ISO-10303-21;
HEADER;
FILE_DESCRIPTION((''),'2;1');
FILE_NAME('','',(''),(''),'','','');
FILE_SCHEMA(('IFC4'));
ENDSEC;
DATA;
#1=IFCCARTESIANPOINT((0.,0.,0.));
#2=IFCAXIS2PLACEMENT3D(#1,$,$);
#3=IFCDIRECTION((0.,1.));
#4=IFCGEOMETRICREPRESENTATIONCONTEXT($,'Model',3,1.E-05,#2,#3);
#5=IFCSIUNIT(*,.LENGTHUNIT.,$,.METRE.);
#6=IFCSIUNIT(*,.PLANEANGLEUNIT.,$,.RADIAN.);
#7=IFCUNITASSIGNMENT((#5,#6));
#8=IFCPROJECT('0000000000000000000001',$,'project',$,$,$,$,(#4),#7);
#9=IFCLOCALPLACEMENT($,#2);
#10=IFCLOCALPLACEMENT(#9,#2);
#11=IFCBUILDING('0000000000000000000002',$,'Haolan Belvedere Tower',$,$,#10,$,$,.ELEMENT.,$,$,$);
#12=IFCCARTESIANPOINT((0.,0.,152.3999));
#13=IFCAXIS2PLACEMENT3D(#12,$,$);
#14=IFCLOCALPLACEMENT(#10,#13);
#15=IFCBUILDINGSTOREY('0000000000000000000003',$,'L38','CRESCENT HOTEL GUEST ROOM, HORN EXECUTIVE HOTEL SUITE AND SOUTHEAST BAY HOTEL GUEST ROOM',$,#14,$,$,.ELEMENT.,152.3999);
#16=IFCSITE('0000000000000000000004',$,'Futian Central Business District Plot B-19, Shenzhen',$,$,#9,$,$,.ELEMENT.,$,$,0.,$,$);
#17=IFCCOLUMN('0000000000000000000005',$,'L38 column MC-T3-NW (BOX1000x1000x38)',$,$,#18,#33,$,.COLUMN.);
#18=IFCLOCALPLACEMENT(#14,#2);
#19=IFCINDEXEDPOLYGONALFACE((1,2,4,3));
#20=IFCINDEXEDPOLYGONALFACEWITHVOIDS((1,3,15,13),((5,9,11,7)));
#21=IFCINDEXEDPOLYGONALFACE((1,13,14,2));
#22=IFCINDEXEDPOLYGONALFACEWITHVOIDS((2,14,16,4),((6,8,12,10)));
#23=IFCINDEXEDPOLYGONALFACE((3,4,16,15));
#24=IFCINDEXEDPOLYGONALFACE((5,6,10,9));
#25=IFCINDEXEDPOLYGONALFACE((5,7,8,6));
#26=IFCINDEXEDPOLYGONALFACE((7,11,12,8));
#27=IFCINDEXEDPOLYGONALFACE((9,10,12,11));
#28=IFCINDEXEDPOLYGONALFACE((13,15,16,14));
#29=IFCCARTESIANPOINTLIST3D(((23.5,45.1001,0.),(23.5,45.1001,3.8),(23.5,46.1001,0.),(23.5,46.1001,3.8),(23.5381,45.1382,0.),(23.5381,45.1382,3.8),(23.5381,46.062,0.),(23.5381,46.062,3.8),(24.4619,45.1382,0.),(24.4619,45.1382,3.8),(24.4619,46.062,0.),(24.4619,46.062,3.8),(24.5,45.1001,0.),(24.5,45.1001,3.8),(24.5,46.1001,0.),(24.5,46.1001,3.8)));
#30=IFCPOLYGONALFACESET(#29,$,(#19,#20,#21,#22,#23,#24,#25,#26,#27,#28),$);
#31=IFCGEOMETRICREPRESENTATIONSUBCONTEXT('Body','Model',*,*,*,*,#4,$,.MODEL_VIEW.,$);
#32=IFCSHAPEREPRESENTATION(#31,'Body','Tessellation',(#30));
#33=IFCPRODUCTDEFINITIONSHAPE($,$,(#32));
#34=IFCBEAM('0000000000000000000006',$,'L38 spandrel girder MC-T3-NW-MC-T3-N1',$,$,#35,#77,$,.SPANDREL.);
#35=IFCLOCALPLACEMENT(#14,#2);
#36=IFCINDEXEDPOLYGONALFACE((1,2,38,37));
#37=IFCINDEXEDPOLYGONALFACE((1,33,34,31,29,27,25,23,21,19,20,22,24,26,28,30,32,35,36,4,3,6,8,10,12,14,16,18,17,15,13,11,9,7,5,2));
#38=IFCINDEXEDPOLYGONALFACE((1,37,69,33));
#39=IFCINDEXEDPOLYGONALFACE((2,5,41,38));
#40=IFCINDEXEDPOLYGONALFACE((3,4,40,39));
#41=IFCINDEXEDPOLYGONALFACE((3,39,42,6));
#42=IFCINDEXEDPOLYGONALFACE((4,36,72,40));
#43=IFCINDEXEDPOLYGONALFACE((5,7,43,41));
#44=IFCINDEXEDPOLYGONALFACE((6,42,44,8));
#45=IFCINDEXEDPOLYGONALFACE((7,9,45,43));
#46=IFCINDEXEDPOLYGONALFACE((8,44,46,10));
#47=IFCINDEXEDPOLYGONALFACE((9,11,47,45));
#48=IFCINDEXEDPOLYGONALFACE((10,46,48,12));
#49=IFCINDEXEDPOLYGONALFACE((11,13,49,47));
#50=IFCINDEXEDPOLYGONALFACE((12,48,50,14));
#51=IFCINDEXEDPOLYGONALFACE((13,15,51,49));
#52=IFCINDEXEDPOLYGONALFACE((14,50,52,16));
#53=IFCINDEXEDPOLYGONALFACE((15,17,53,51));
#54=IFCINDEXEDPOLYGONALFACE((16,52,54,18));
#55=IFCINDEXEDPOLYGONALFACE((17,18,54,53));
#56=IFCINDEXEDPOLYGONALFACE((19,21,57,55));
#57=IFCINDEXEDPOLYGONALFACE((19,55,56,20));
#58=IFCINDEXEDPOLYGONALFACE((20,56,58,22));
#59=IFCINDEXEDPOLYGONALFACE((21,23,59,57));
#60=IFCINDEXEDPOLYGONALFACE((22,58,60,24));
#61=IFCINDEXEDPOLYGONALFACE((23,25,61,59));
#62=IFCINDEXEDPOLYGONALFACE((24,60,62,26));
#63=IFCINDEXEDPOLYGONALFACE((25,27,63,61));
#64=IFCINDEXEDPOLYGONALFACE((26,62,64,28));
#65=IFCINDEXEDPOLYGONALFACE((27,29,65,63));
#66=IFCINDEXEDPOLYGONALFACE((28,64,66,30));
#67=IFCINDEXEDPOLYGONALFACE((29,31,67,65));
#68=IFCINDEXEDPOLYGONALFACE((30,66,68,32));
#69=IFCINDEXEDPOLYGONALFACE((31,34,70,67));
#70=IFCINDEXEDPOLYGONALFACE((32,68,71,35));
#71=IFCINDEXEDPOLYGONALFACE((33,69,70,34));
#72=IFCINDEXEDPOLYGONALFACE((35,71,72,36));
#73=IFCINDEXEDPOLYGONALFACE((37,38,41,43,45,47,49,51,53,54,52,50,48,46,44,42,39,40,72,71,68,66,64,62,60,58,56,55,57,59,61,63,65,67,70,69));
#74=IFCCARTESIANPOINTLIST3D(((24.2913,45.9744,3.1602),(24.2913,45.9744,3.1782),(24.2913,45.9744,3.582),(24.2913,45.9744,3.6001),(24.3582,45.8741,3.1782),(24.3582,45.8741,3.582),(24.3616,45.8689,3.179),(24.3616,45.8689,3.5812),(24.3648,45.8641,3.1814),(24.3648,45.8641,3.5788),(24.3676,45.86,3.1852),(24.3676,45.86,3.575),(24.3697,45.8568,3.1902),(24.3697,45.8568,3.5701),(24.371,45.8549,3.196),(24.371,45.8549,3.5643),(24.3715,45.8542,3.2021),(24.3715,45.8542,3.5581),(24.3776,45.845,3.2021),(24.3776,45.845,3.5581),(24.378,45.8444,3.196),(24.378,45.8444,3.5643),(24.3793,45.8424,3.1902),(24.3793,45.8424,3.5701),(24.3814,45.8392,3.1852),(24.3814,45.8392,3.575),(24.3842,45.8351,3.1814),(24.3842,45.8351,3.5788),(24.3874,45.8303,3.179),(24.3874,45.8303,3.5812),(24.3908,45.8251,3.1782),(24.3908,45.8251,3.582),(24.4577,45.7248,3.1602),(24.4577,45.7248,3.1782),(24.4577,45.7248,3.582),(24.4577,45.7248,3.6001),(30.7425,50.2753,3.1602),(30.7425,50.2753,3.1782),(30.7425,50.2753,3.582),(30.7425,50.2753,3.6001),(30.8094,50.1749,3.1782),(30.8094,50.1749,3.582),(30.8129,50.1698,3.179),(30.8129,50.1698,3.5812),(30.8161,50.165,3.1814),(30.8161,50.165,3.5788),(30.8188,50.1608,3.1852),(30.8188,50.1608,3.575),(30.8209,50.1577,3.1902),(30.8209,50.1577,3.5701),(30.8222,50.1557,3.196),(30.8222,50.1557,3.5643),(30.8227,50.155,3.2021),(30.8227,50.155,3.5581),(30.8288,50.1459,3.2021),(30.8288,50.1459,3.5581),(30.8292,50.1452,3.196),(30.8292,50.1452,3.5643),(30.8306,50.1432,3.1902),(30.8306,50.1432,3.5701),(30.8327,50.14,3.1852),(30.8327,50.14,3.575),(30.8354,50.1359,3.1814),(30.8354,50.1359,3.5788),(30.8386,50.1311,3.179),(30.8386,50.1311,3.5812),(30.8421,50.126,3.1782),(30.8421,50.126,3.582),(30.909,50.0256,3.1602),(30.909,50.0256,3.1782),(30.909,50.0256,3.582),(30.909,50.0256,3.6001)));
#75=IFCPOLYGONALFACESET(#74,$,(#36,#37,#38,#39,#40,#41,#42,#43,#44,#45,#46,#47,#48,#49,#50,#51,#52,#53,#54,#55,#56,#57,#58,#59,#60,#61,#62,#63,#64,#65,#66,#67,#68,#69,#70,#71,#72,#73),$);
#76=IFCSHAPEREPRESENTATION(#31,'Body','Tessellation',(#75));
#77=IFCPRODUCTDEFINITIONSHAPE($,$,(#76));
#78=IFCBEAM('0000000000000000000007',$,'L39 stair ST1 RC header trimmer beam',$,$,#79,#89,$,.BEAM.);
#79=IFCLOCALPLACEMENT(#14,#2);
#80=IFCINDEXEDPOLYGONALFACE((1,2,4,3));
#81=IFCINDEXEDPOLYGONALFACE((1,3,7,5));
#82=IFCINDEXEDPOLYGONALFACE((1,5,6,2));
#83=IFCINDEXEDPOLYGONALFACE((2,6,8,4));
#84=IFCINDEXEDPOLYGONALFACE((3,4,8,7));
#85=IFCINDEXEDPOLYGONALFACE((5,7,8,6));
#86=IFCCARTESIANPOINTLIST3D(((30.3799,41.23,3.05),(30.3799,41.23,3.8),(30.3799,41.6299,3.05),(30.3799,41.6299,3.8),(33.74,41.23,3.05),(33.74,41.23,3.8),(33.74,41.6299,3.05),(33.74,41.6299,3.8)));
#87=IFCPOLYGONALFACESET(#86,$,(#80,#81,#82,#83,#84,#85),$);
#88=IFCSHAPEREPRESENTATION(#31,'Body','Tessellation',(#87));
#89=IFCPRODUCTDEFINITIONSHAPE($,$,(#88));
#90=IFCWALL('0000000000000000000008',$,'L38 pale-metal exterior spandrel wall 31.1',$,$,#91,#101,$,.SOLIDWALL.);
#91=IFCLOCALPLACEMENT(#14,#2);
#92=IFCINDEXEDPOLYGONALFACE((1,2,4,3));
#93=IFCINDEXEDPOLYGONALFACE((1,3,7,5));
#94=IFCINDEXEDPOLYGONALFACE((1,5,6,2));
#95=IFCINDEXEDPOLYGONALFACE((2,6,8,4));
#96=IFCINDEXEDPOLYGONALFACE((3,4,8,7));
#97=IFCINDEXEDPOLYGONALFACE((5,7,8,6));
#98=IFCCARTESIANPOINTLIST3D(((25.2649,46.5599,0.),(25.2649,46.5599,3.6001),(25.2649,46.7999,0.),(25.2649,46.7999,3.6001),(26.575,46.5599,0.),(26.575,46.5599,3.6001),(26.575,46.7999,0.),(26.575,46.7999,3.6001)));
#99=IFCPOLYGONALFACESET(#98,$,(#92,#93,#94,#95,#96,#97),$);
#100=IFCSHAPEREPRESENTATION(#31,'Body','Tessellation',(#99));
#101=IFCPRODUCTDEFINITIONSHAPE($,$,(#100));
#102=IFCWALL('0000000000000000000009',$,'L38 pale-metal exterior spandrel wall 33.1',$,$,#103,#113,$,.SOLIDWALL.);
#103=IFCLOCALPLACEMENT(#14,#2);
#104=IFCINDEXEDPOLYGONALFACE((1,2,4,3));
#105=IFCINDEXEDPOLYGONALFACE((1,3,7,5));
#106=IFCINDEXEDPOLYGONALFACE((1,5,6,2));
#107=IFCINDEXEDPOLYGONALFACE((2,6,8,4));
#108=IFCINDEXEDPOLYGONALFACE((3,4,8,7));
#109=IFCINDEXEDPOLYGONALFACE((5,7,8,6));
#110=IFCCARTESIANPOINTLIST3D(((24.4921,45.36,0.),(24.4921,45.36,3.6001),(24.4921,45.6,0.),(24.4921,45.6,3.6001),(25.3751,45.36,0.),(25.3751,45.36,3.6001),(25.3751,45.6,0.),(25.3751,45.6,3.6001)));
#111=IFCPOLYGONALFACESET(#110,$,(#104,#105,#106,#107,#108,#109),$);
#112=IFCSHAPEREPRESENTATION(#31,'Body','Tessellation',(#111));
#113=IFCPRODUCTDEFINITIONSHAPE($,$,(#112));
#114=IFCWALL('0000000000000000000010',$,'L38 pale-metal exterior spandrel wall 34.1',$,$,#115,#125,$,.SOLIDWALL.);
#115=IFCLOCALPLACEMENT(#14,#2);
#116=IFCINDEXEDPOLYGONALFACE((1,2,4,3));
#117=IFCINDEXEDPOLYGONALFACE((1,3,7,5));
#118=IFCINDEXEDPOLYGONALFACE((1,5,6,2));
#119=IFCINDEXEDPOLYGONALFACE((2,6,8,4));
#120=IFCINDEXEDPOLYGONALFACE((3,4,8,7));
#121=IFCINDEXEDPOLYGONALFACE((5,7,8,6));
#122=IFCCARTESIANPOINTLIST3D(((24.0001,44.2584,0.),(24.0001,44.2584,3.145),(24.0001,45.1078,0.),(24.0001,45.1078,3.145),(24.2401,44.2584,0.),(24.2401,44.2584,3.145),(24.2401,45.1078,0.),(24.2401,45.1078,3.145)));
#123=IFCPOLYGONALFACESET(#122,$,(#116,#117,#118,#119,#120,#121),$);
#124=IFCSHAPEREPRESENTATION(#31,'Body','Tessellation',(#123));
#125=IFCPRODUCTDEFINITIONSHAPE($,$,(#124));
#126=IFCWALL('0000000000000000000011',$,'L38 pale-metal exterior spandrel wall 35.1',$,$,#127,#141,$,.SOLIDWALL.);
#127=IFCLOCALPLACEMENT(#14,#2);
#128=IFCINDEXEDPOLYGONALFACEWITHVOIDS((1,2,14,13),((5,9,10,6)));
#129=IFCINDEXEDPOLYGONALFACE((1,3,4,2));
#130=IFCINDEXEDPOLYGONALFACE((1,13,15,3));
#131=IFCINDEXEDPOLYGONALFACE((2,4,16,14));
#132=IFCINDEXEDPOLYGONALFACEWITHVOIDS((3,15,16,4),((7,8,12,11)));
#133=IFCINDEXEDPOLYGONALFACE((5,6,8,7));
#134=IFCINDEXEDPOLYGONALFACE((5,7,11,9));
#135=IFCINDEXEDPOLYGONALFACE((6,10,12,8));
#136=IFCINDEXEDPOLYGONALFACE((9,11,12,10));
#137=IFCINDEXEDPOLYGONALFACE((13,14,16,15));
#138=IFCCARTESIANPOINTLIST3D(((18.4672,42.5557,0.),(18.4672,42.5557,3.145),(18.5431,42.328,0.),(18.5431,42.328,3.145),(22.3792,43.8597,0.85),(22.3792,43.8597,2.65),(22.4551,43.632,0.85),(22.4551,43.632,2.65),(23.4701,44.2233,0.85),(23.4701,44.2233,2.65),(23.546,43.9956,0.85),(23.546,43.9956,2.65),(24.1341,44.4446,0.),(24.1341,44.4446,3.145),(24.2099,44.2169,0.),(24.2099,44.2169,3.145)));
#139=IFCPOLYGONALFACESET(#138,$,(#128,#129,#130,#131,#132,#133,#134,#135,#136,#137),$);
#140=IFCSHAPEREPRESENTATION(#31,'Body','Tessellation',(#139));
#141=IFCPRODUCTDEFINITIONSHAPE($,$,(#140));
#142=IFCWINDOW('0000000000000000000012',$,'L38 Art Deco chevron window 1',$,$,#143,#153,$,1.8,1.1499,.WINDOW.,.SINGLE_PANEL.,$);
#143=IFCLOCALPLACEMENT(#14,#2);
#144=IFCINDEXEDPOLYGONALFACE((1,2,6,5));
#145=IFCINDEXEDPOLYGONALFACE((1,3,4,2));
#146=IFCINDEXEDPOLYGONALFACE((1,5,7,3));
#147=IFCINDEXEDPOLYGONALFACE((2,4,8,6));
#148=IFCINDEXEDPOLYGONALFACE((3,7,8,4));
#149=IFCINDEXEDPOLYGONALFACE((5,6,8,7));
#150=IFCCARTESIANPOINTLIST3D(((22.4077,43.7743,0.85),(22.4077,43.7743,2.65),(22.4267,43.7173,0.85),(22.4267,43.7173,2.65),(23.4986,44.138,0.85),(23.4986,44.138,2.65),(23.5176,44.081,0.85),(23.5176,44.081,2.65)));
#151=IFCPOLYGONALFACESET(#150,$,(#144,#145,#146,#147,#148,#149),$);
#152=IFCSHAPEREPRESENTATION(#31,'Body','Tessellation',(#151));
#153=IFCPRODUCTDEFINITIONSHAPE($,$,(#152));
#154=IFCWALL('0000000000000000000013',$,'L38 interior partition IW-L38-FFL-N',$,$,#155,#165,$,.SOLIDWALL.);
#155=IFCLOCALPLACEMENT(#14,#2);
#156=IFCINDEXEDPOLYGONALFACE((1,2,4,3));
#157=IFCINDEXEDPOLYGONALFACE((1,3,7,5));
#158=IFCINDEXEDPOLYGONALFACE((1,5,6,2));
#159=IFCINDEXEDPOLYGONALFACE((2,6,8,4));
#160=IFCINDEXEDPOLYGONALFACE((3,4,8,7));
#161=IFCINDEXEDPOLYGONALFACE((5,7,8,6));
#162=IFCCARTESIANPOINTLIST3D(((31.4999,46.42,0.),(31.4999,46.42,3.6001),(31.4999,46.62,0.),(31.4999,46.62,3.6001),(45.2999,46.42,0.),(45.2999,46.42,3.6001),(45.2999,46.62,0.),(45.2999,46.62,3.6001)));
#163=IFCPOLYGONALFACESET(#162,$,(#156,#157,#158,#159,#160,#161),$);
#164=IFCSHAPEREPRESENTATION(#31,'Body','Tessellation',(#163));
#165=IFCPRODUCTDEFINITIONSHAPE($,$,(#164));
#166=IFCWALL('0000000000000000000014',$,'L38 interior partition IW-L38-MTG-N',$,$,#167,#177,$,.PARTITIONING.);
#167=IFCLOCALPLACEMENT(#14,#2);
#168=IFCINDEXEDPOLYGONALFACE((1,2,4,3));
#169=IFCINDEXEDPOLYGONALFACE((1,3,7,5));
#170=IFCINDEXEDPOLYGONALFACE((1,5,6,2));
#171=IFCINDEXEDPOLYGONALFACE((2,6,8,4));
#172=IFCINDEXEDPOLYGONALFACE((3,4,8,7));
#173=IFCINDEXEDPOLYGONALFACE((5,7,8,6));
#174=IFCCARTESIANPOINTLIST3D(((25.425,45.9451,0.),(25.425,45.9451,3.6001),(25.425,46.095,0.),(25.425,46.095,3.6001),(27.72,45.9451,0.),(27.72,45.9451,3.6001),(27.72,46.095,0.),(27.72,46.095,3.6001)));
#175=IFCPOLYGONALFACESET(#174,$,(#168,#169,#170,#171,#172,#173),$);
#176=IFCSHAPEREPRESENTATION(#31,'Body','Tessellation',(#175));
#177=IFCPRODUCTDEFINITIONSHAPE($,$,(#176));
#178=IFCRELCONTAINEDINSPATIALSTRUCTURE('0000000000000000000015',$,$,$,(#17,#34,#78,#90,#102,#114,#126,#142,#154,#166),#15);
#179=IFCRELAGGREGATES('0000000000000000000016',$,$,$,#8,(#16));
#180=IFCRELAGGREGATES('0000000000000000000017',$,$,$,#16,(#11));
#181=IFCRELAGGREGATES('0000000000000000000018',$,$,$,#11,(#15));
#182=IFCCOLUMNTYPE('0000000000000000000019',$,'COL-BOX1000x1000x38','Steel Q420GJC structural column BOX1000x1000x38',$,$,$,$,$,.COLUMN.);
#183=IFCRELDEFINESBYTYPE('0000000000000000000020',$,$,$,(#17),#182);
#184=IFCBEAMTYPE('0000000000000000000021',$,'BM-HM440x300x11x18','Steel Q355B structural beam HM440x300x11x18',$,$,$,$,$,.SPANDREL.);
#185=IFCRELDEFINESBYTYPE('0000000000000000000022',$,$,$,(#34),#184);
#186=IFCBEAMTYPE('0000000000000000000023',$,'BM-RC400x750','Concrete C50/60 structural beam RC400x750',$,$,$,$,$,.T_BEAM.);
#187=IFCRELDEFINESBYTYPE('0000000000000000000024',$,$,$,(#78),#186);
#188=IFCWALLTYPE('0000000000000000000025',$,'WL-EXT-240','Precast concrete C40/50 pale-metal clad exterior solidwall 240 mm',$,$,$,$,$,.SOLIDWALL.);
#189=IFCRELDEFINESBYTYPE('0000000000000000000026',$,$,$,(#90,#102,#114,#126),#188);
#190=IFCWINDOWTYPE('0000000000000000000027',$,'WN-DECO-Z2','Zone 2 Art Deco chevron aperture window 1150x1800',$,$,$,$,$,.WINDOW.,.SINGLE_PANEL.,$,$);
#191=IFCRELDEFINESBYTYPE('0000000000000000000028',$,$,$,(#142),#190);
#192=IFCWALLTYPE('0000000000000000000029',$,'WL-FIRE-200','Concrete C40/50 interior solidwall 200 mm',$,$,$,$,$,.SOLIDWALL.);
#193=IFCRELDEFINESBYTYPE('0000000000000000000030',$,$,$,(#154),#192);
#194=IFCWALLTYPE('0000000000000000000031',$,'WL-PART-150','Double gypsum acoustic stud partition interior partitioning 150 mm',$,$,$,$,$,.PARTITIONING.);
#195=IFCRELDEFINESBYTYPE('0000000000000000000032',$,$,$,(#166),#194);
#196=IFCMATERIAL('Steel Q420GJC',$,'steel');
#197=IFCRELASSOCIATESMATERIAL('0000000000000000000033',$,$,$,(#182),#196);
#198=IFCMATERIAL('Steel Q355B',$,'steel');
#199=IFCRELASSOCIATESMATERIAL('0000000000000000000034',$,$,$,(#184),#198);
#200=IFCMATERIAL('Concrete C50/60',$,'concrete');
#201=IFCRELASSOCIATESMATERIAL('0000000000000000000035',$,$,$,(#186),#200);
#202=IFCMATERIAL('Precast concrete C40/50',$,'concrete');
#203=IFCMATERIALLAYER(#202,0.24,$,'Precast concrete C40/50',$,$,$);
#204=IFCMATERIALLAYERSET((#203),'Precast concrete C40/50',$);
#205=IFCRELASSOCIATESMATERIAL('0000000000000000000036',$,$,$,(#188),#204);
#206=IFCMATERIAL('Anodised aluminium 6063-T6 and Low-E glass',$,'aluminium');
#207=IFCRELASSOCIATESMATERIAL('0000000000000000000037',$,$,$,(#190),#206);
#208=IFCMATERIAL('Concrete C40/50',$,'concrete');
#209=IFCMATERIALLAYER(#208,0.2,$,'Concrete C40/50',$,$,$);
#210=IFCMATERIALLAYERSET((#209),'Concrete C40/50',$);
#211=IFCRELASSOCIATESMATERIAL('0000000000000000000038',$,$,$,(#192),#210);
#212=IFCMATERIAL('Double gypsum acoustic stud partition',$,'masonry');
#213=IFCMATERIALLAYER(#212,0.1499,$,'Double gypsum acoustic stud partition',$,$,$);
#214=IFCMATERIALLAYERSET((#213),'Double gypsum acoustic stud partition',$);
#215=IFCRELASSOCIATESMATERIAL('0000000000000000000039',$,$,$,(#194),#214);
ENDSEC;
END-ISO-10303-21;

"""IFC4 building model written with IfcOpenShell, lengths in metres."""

from ifc_helpers import new_model, si_unit, direction, frame, frame_2d, origin, origin_2d, place, context, subcontext, project, spatial, rectangle, hollow_rectangle, i_section, extrude, material, layer, layer_set, material_profile, profile_set, type_object, element, fill, save


model = new_model("IFC4")

# Units and contexts
model_context = context("Model", 3, precision=1e-05, world=origin(), true_north=direction((0.0, 1.0)))
body_context = subcontext(model_context, "Body", "Model", "MODEL_VIEW")
ifc_project = project(units=[si_unit("LENGTHUNIT", "METRE"), si_unit("PLANEANGLEUNIT", "RADIAN")], contexts=[model_context])

# Site, building, storey
site_placement = place(None, origin())
site = spatial("IfcSite", under=ifc_project, at=site_placement, Name="Futian Central Business District Plot B-19, Shenzhen", CompositionType="ELEMENT", RefElevation=0.0)
building_placement = place(site_placement, origin())
building = spatial("IfcBuilding", under=site, at=building_placement, Name="Haolan Belvedere Tower", CompositionType="ELEMENT")
storey_placement = place(building_placement, frame((0.0, 0.0, 152.3999)))
storey = spatial("IfcBuildingStorey", under=building, at=storey_placement, Name="L38", Description="CRESCENT HOTEL GUEST ROOM, HORN EXECUTIVE HOTEL SUITE AND SOUTHEAST BAY HOTEL GUEST ROOM", CompositionType="ELEMENT", Elevation=152.3999)

# Column
ifc_material_1 = material(Name="Steel Q420GJC", Category="steel")
ifc_material_profile_1 = material_profile(ifc_material_1, hollow_rectangle(XDim=1.0, YDim=1.0, WallThickness=0.0381, at=origin_2d()), Name="Steel Q420GJC")
ifc_profile_set_1 = profile_set([ifc_material_profile_1], Name="Steel Q420GJC")
column_type = type_object("IfcColumnType", Name="COL-BOX1000x1000x38", Description="Steel Q420GJC structural column BOX1000x1000x38", PredefinedType="COLUMN", material=ifc_profile_set_1)
column_placement = place(storey_placement, frame((24.0, 45.6001, 0.0), z_axis=(0.0, 0.0, 1.0), x_axis=(1.0, 0.0, 0.0)))
element("IfcColumn", 1, at=column_placement, inside=storey, type_object=column_type, Name="L38 column MC-T3-NW (BOX1000x1000x38)", PredefinedType="COLUMN", context=body_context, shape_type="SweptSolid", body=[
    extrude(hollow_rectangle(XDim=1.0, YDim=1.0, WallThickness=0.0381, at=origin_2d()), origin(), (0.0, 0.0, 1.0), 3.8),
])

# Beams
ifc_material_2 = material(Name="Steel Q355B", Category="steel")
ifc_material_profile_2 = material_profile(ifc_material_2, i_section(OverallWidth=0.3, OverallDepth=0.4399, WebThickness=0.011, FlangeThickness=0.0181, FilletRadius=0.0239, at=origin_2d()), Name="Steel Q355B")
ifc_profile_set_2 = profile_set([ifc_material_profile_2], Name="Steel Q355B")
beam_type_1 = type_object("IfcBeamType", Name="BM-HM440x300x11x18", Description="Steel Q355B structural beam HM440x300x11x18", PredefinedType="SPANDREL", material=ifc_profile_set_2)
beam_1_placement = place(storey_placement, frame((24.3745, 45.8496, 3.3801), z_axis=(0.83205, 0.5547, 0.0), x_axis=(-0.5547, 0.83205, 0.0)))
element("IfcBeam", 2, at=beam_1_placement, inside=storey, type_object=beam_type_1, Name="L38 spandrel girder MC-T3-NW-MC-T3-N1", PredefinedType="SPANDREL", context=body_context, shape_type="SweptSolid", body=[
    extrude(i_section(OverallWidth=0.3, OverallDepth=0.4399, WebThickness=0.011, FlangeThickness=0.0181, FilletRadius=0.0239, at=origin_2d()), origin(), (0.0, 0.0, 1.0), 7.7534),
])
ifc_material_3 = material(Name="Concrete C50/60", Category="concrete")
ifc_material_profile_3 = material_profile(ifc_material_3, rectangle(XDim=0.3999, YDim=0.75, at=origin_2d()), Name="Concrete C50/60")
ifc_profile_set_3 = profile_set([ifc_material_profile_3], Name="Concrete C50/60")
beam_type_2 = type_object("IfcBeamType", Name="BM-RC400x750", Description="Concrete C50/60 structural beam RC400x750", PredefinedType="T_BEAM", material=ifc_profile_set_3)
beam_2_placement = place(storey_placement, frame((30.3799, 41.4299, 3.425), z_axis=(1.0, 0.0, 0.0), x_axis=(0.0, 1.0, 0.0)))
element("IfcBeam", 3, at=beam_2_placement, inside=storey, type_object=beam_type_2, Name="L39 stair ST1 RC header trimmer beam", PredefinedType="BEAM", context=body_context, shape_type="SweptSolid", body=[
    extrude(rectangle(XDim=0.3999, YDim=0.75, at=origin_2d()), origin(), (0.0, 0.0, 1.0), 3.3601),
])

# Walls
ifc_material_4 = material(Name="Precast concrete C40/50", Category="concrete")
ifc_layer_1 = layer(ifc_material_4, 0.24, Name="Precast concrete C40/50")
ifc_layer_set_1 = layer_set([ifc_layer_1], Name="Precast concrete C40/50")
wall_type_1 = type_object("IfcWallType", Name="WL-EXT-240", Description="Precast concrete C40/50 pale-metal clad exterior solidwall 240 mm", PredefinedType="SOLIDWALL", material=ifc_layer_set_1)
wall_1_placement = place(storey_placement, frame((26.575, 46.6799, 0.0), z_axis=(0.0, 0.0, 1.0), x_axis=(-1.0, 0.0, 0.0)))
element("IfcWall", 4, at=wall_1_placement, inside=storey, type_object=wall_type_1, Name="L38 pale-metal exterior spandrel wall 31.1", PredefinedType="SOLIDWALL", context=body_context, shape_type="SweptSolid", body=[
    extrude(rectangle(XDim=1.3101, YDim=0.24, at=frame_2d((0.655, 0.0))), origin(), (0.0, 0.0, 1.0), 3.6001),
])
wall_2_placement = place(storey_placement, frame((25.375, 45.48, 0.0), z_axis=(0.0, 0.0, 1.0), x_axis=(-1.0, 0.0, 0.0)))
element("IfcWall", 5, at=wall_2_placement, inside=storey, type_object=wall_type_1, Name="L38 pale-metal exterior spandrel wall 33.1", PredefinedType="SOLIDWALL", context=body_context, shape_type="SweptSolid", body=[
    extrude(rectangle(XDim=0.8831, YDim=0.24, at=frame_2d((0.4414, 0.0))), origin(), (0.0, 0.0, 1.0), 3.6001),
])
wall_3_placement = place(storey_placement, frame((24.1201, 45.1079, 0.0), z_axis=(0.0, 0.0, 1.0), x_axis=(0.0, -1.0, 0.0)))
element("IfcWall", 6, at=wall_3_placement, inside=storey, type_object=wall_type_1, Name="L38 pale-metal exterior spandrel wall 34.1", PredefinedType="SOLIDWALL", context=body_context, shape_type="SweptSolid", body=[
    extrude(rectangle(XDim=0.8494, YDim=0.24, at=frame_2d((0.4248, 0.0))), origin(), (0.0, 0.0, 1.0), 3.145),
])

# Wall, opening, window
wall_4_placement = place(storey_placement, frame((24.1721, 44.3308, 0.0), z_axis=(0.0, 0.0, 1.0), x_axis=(-0.948683, -0.316228, 0.0)))
wall_4 = element("IfcWall", 7, at=wall_4_placement, inside=storey, type_object=wall_type_1, Name="L38 pale-metal exterior spandrel wall 35.1", PredefinedType="SOLIDWALL", context=body_context, shape_type="SweptSolid", body=[
    extrude(rectangle(XDim=5.9734, YDim=0.24, at=frame_2d((2.9868, 0.0))), origin(), (0.0, 0.0, 1.0), 3.145),
])
opening_1_placement = place(wall_4_placement, frame((0.7, 0.0, 0.8501)))
opening_1 = element("IfcOpeningElement", 8, at=opening_1_placement, cuts=wall_4, PredefinedType="OPENING", context=body_context, shape_type="SweptSolid", body=[
    extrude(rectangle(XDim=1.1499, YDim=1.8, at=frame_2d((0.575, 0.8999))), frame((0.0, 0.1299, 0.0), z_axis=(0.0, -1.0, 0.0), x_axis=(1.0, 0.0, 0.0)), (0.0, 0.0, 1.0), 0.26),
])
ifc_material_5 = material(Name="Anodised aluminium 6063-T6 and Low-E glass", Category="aluminium")
window_type = type_object("IfcWindowType", Name="WN-DECO-Z2", Description="Zone 2 Art Deco chevron aperture window 1150x1800", PartitioningType="SINGLE_PANEL", PredefinedType="WINDOW", material=ifc_material_5)
window_placement = place(opening_1_placement, origin())
window = element("IfcWindow", 9, at=window_placement, inside=storey, type_object=window_type, Name="L38 Art Deco chevron window 1", OverallHeight=1.8, OverallWidth=1.1499, PartitioningType="SINGLE_PANEL", PredefinedType="WINDOW", context=body_context, shape_type="SweptSolid", body=[
    extrude(rectangle(XDim=1.1499, YDim=1.8, at=frame_2d((0.575, 0.8999))), frame((0.0, 0.03, 0.0), z_axis=(0.0, -1.0, 0.0), x_axis=(1.0, 0.0, 0.0)), (0.0, 0.0, 1.0), 0.0601),
])
fill(opening_1, window)

# Wall
ifc_material_6 = material(Name="Concrete C40/50", Category="concrete")
ifc_layer_2 = layer(ifc_material_6, 0.2, Name="Concrete C40/50")
ifc_layer_set_2 = layer_set([ifc_layer_2], Name="Concrete C40/50")
wall_type_2 = type_object("IfcWallType", Name="WL-FIRE-200", Description="Concrete C40/50 interior solidwall 200 mm", PredefinedType="SOLIDWALL", material=ifc_layer_set_2)
wall_5_placement = place(storey_placement, frame((31.5, 46.52, 0.0), z_axis=(0.0, 0.0, 1.0), x_axis=(1.0, 0.0, 0.0)))
element("IfcWall", 10, at=wall_5_placement, inside=storey, type_object=wall_type_2, Name="L38 interior partition IW-L38-FFL-N", PredefinedType="SOLIDWALL", context=body_context, shape_type="SweptSolid", body=[
    extrude(rectangle(XDim=13.8, YDim=0.2, at=frame_2d((6.8999, 0.0))), origin(), (0.0, 0.0, 1.0), 3.6001),
])

# Wall
ifc_material_7 = material(Name="Double gypsum acoustic stud partition", Category="masonry")
ifc_layer_3 = layer(ifc_material_7, 0.1499, Name="Double gypsum acoustic stud partition")
ifc_layer_set_3 = layer_set([ifc_layer_3], Name="Double gypsum acoustic stud partition")
wall_type_3 = type_object("IfcWallType", Name="WL-PART-150", Description="Double gypsum acoustic stud partition interior partitioning 150 mm", PredefinedType="PARTITIONING", material=ifc_layer_set_3)
wall_6_placement = place(storey_placement, frame((25.425, 46.02, 0.0), z_axis=(0.0, 0.0, 1.0), x_axis=(1.0, 0.0, 0.0)))
element("IfcWall", 11, at=wall_6_placement, inside=storey, type_object=wall_type_3, Name="L38 interior partition IW-L38-MTG-N", PredefinedType="PARTITIONING", context=body_context, shape_type="SweptSolid", body=[
    extrude(rectangle(XDim=2.2949, YDim=0.1499, at=frame_2d((1.1475, 0.0))), origin(), (0.0, 0.0, 1.0), 3.6001),
])

save(model, "model.ifc")
